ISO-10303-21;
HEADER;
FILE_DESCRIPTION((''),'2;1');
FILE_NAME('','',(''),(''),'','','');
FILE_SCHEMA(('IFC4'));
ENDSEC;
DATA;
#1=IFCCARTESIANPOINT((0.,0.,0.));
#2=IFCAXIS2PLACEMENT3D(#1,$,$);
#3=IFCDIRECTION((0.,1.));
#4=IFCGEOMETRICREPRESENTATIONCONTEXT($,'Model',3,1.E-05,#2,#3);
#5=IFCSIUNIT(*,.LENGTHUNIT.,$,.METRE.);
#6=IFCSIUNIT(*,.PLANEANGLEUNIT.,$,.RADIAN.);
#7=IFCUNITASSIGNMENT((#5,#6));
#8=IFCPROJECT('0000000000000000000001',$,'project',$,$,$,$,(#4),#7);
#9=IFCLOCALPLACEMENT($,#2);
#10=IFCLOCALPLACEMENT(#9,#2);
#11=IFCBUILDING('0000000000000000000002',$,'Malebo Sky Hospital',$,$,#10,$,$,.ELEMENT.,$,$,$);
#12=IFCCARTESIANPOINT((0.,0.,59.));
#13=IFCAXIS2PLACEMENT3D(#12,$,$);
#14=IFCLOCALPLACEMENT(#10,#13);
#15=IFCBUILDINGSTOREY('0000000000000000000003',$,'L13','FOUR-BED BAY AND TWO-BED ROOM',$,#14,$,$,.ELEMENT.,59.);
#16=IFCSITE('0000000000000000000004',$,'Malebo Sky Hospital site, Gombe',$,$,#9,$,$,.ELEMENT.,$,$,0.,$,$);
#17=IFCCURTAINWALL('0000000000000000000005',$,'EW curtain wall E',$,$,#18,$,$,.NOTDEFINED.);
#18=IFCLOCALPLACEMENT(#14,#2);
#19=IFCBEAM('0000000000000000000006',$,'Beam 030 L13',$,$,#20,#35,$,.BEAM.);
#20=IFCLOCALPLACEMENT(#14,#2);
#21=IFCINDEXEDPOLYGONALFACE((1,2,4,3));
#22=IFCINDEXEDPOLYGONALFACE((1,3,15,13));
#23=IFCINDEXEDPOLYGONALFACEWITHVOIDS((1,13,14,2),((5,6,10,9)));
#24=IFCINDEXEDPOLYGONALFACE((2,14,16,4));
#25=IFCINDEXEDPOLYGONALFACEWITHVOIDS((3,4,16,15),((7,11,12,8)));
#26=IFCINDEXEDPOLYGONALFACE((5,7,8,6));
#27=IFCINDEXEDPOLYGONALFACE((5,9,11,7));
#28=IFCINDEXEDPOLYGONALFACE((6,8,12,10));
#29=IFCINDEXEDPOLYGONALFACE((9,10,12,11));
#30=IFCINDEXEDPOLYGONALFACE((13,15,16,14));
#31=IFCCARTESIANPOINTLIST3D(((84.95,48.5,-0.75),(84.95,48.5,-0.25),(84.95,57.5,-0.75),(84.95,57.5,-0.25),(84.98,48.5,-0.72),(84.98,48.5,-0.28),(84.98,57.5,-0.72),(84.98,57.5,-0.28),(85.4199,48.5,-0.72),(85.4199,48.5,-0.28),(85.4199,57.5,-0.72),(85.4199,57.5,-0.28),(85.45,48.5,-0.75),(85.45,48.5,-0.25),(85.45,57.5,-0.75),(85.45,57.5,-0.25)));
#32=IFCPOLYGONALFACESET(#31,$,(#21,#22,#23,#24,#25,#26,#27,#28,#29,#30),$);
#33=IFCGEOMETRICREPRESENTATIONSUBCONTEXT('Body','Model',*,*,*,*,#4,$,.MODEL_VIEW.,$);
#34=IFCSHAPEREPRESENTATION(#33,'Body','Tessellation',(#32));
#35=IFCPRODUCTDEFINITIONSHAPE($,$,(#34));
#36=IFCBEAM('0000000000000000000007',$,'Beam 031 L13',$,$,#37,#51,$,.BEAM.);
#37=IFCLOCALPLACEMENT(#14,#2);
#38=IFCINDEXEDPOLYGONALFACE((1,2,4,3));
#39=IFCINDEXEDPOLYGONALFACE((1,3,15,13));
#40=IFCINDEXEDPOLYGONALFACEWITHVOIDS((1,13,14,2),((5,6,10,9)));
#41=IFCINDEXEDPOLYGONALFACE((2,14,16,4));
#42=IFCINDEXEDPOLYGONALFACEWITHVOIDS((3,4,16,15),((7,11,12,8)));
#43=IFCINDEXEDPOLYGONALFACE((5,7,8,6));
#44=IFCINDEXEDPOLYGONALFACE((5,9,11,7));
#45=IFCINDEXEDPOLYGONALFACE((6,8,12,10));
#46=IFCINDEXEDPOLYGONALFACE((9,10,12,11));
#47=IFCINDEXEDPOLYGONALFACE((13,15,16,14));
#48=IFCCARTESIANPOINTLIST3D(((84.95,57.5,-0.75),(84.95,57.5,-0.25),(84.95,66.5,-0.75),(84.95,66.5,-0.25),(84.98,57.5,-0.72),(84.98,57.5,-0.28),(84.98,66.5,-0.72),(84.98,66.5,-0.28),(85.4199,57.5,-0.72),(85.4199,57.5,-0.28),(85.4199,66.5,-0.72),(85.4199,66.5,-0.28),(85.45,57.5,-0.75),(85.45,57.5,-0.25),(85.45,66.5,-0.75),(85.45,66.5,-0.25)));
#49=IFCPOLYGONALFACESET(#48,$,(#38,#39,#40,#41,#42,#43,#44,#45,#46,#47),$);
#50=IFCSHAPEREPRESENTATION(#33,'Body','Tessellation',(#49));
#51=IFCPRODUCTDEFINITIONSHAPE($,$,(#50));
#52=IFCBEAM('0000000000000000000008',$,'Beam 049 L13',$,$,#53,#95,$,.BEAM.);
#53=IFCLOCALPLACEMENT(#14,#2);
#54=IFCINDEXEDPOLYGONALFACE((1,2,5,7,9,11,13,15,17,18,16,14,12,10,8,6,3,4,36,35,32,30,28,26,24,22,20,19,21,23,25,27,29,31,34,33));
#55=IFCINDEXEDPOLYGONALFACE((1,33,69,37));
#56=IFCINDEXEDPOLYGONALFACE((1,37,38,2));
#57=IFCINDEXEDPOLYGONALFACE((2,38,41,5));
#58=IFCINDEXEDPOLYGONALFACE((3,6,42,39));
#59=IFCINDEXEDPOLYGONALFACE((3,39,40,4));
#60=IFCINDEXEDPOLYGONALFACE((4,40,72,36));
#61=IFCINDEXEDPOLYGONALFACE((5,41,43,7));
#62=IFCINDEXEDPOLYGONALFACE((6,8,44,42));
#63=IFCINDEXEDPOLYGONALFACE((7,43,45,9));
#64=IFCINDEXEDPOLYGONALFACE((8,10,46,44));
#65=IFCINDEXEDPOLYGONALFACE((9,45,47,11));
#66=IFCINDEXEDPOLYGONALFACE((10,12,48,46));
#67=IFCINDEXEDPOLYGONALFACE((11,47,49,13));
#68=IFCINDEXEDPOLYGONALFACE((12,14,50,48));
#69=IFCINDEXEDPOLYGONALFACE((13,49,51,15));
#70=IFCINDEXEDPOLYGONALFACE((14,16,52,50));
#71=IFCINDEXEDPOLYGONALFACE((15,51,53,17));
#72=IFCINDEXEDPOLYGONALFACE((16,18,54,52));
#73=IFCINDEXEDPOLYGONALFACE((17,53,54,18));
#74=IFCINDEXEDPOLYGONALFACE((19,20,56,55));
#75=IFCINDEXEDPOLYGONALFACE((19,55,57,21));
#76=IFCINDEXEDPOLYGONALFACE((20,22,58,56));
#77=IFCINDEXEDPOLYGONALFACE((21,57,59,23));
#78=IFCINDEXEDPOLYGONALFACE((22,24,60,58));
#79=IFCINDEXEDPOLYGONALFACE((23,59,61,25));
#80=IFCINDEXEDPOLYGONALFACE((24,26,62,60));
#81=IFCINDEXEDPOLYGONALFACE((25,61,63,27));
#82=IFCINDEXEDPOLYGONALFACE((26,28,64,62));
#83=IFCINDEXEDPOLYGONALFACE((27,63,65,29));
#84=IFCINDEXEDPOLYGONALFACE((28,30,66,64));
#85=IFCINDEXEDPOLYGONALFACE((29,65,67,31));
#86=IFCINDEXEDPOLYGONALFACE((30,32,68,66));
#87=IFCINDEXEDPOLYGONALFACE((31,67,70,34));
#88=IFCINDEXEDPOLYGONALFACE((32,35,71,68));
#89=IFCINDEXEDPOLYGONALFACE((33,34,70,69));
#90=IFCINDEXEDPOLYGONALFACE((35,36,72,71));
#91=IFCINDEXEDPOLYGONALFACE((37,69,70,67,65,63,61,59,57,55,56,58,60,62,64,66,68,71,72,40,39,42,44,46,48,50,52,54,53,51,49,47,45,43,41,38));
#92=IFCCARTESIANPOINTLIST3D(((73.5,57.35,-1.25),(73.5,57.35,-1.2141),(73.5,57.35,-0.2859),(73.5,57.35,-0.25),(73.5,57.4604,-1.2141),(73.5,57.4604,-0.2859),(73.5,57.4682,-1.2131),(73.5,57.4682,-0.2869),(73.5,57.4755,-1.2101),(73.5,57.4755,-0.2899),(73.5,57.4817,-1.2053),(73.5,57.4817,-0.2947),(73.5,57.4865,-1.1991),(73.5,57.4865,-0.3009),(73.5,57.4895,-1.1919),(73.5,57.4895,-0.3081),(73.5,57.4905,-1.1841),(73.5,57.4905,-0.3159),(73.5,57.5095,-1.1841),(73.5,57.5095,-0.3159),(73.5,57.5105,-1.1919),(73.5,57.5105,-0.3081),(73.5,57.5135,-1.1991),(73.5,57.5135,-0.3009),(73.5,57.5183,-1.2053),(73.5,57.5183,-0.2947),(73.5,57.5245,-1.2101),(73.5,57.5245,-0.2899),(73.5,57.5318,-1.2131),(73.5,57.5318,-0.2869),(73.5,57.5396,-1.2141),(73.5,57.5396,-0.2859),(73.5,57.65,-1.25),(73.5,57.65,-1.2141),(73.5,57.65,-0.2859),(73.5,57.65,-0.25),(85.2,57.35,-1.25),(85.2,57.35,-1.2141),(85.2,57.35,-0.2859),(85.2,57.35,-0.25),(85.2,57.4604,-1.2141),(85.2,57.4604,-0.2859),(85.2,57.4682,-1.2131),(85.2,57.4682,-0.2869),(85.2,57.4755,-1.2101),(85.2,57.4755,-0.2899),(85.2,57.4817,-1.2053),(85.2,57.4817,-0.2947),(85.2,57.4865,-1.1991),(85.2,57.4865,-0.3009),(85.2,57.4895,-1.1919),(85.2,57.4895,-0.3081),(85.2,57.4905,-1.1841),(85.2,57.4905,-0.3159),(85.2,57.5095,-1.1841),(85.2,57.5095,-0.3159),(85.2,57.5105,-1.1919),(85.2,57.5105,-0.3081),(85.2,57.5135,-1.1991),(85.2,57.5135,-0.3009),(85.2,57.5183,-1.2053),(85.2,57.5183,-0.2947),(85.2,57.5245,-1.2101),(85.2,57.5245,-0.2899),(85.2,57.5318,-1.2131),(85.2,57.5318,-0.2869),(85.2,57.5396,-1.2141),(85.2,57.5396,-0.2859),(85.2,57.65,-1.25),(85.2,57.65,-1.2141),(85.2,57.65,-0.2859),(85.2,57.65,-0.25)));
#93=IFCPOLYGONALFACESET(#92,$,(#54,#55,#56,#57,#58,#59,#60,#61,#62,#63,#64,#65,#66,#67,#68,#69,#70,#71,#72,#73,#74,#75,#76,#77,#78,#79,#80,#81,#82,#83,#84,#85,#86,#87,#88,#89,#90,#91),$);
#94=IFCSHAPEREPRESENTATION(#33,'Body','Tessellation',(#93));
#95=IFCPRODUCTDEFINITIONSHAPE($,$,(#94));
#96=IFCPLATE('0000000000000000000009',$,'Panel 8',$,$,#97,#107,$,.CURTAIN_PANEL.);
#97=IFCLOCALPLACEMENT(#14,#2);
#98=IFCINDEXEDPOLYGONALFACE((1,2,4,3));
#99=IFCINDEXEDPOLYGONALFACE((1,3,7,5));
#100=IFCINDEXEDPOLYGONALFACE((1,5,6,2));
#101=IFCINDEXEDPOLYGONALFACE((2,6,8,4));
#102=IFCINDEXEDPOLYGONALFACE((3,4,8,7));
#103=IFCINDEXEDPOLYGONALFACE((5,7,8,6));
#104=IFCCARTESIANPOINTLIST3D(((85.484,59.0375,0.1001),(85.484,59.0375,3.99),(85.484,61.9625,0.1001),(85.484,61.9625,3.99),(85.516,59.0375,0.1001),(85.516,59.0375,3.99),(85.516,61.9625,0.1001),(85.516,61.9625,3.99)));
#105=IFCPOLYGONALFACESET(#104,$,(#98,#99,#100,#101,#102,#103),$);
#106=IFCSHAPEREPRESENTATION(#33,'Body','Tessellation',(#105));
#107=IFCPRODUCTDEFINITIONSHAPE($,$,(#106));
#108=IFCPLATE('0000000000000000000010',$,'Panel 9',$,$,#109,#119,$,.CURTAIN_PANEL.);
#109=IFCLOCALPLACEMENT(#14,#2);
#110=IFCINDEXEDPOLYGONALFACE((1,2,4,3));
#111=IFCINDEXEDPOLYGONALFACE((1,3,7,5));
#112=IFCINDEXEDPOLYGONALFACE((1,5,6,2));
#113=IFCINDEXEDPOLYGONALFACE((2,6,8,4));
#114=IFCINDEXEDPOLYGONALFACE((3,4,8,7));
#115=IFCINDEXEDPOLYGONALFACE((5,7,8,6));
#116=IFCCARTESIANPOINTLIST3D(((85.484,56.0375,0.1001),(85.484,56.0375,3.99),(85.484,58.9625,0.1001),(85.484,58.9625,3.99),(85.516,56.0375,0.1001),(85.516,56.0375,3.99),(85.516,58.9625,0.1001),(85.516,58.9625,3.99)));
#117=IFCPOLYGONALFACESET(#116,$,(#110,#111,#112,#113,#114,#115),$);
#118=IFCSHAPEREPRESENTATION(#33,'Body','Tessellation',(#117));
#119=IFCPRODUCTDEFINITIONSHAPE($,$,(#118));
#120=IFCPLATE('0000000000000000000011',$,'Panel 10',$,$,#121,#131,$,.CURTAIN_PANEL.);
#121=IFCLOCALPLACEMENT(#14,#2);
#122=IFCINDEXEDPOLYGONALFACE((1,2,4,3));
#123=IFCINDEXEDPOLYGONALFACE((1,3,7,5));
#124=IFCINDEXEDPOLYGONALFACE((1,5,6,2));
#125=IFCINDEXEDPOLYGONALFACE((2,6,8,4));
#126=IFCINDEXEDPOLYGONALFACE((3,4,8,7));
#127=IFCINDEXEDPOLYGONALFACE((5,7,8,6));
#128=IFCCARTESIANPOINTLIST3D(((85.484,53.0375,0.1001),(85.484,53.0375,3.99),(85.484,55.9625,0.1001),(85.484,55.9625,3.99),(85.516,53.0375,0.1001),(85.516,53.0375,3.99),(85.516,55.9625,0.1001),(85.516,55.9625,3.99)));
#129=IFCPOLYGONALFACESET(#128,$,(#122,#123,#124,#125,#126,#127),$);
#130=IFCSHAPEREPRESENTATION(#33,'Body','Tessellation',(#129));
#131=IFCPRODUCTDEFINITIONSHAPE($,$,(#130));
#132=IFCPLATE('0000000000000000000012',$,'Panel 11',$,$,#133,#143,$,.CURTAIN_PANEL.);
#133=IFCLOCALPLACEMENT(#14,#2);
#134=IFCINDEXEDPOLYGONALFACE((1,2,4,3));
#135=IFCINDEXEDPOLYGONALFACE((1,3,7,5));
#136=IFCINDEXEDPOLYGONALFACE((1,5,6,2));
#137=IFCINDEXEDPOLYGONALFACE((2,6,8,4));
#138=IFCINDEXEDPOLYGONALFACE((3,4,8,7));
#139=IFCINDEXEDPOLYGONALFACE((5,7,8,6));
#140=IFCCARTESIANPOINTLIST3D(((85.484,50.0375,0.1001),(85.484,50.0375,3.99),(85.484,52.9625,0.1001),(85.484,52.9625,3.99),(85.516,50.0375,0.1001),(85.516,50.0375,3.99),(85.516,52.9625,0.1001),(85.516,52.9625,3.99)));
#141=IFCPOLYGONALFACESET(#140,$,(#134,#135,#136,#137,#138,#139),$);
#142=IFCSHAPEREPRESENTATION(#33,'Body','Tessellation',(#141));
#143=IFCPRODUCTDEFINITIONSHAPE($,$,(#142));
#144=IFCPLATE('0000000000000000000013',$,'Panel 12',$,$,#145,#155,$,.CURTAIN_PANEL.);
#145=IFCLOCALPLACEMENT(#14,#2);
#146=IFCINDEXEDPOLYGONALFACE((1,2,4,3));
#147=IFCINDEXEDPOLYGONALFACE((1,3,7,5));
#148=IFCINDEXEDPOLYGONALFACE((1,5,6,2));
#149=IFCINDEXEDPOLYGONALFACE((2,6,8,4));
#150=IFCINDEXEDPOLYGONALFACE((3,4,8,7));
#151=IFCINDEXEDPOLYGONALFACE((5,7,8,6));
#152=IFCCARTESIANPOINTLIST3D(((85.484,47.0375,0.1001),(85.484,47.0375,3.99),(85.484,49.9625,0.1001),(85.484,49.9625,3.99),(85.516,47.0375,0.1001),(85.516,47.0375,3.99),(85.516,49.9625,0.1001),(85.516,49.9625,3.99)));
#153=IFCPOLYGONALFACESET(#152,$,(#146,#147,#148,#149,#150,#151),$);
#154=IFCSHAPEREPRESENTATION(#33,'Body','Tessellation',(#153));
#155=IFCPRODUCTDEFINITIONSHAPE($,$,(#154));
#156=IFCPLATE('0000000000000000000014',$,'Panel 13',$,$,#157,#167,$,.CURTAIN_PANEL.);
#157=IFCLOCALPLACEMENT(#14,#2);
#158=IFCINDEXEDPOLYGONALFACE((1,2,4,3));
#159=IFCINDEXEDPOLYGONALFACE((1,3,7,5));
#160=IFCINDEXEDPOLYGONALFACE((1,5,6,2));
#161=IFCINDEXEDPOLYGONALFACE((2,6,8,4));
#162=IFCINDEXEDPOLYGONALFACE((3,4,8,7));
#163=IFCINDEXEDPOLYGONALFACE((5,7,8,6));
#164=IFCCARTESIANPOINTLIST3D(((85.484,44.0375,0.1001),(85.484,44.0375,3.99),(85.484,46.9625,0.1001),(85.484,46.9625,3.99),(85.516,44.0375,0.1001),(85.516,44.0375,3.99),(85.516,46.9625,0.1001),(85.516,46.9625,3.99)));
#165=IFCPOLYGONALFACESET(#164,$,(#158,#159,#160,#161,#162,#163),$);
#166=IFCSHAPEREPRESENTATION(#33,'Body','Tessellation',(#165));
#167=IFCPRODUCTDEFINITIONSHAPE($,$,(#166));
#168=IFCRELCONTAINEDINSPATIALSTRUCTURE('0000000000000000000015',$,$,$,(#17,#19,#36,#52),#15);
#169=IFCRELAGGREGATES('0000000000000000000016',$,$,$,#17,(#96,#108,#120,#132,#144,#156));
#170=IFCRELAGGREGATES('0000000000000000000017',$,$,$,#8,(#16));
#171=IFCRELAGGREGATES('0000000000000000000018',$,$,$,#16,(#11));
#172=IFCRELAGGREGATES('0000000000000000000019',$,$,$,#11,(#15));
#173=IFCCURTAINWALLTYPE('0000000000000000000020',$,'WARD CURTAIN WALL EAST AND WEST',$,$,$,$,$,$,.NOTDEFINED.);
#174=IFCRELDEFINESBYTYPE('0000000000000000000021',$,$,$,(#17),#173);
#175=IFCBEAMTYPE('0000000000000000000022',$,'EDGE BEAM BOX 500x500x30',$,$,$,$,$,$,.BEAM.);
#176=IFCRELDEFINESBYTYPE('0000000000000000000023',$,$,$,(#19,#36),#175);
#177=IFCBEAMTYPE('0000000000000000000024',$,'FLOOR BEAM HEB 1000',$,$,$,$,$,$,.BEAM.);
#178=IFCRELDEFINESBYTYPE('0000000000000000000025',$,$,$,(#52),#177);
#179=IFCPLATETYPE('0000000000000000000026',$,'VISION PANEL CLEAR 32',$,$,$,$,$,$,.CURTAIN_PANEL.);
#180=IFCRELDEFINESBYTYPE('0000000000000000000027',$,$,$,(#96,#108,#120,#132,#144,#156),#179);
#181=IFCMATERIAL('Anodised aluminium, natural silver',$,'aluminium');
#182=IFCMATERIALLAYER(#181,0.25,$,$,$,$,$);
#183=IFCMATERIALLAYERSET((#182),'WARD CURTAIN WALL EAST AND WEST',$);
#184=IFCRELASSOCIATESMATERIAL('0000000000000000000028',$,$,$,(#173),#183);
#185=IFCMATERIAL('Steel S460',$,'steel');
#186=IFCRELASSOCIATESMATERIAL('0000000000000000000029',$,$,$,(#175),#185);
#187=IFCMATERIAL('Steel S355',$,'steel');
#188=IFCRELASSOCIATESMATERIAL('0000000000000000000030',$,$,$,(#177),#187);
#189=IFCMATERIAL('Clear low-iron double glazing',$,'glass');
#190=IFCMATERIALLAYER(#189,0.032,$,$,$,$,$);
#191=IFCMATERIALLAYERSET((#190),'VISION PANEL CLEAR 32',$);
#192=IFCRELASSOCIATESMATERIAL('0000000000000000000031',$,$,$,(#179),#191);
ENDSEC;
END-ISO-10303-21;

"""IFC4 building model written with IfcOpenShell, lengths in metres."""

from ifc_helpers import new_model, si_unit, direction, frame, origin, origin_2d, place, context, subcontext, project, spatial, rectangle, hollow_rectangle, i_section, extrude, material, layer, layer_set, material_profile, profile_set, type_object, element, aggregate, save


model = new_model("IFC4")

# Units and contexts
model_context = context("Model", 3, precision=1e-05, world=origin(), true_north=direction((0.0, 1.0)))
body_context = subcontext(model_context, "Body", "Model", "MODEL_VIEW")
ifc_project = project(units=[si_unit("LENGTHUNIT", "METRE"), si_unit("PLANEANGLEUNIT", "RADIAN")], contexts=[model_context])

# Site, building, storey
site_placement = place(None, origin())
site = spatial("IfcSite", under=ifc_project, at=site_placement, Name="Malebo Sky Hospital site, Gombe", CompositionType="ELEMENT", RefElevation=0.0)
building_placement = place(site_placement, origin())
building = spatial("IfcBuilding", under=site, at=building_placement, Name="Malebo Sky Hospital", CompositionType="ELEMENT")
storey_placement = place(building_placement, frame((0.0, 0.0, 59.0)))
storey = spatial("IfcBuildingStorey", under=building, at=storey_placement, Name="L13", Description="FOUR-BED BAY AND TWO-BED ROOM", CompositionType="ELEMENT", Elevation=59.0)

# Shared definitions
ifc_material_1 = material(Name="Steel S460", Category="steel")

# Curtain wall
ifc_material_2 = material(Name="Anodised aluminium, natural silver", Category="aluminium")
ifc_layer_1 = layer(ifc_material_2, 0.25)
ifc_layer_set_1 = layer_set([ifc_layer_1], Name="WARD CURTAIN WALL EAST AND WEST")
curtain_wall_type = type_object("IfcCurtainWallType", Name="WARD CURTAIN WALL EAST AND WEST", PredefinedType="NOTDEFINED", material=ifc_layer_set_1)
curtain_wall_placement = place(storey_placement, origin())
curtain_wall = element("IfcCurtainWall", 1, at=curtain_wall_placement, inside=storey, type_object=curtain_wall_type, Name="EW curtain wall E", PredefinedType="NOTDEFINED")

# Beams
ifc_material_profile_1 = material_profile(ifc_material_1, hollow_rectangle(XDim=0.5, YDim=0.5, WallThickness=0.03, at=origin_2d()), Name="BOX 500x500x30")
ifc_profile_set_1 = profile_set([ifc_material_profile_1], Name="Steel S460")
beam_type_1 = type_object("IfcBeamType", Name="EDGE BEAM BOX 500x500x30", PredefinedType="BEAM", material=ifc_profile_set_1)
for number, where, z_axis, x_axis, name in (
    (2, (85.2, 48.5, -0.5), (0.0, 1.0, 0.0), (-1.0, 0.0, 0.0), "Beam 030 L13"),
    (3, (85.2, 57.5, -0.5), (0.0, 1.0, 0.0), (-1.0, 0.0, 0.0), "Beam 031 L13"),
):
    element("IfcBeam", number, at=place(storey_placement, frame(where, z_axis=z_axis, x_axis=x_axis)), inside=storey, type_object=beam_type_1, Name=name, PredefinedType="BEAM", context=body_context, shape_type="SweptSolid", body=[
        extrude(hollow_rectangle(XDim=0.5, YDim=0.5, WallThickness=0.03, at=origin_2d()), origin(), (0.0, 0.0, 1.0), 9.0),
    ])
ifc_material_3 = material(Name="Steel S355", Category="steel")
ifc_material_profile_2 = material_profile(ifc_material_3, i_section(OverallWidth=0.3, OverallDepth=1.0, WebThickness=0.019, FlangeThickness=0.0359, FilletRadius=0.03, at=origin_2d()), Name="HEB 1000")
ifc_profile_set_2 = profile_set([ifc_material_profile_2], Name="Steel S355")
beam_type_2 = type_object("IfcBeamType", Name="FLOOR BEAM HEB 1000", PredefinedType="BEAM", material=ifc_profile_set_2)
beam_placement = place(storey_placement, frame((73.5, 57.5, -0.75), z_axis=(1.0, 0.0, 0.0), x_axis=(0.0, 1.0, 0.0)))
element("IfcBeam", 4, at=beam_placement, inside=storey, type_object=beam_type_2, Name="Beam 049 L13", PredefinedType="BEAM", context=body_context, shape_type="SweptSolid", body=[
    extrude(i_section(OverallWidth=0.3, OverallDepth=1.0, WebThickness=0.019, FlangeThickness=0.0359, FilletRadius=0.03, at=origin_2d()), origin(), (0.0, 0.0, 1.0), 11.7),
])

# Plates
ifc_material_4 = material(Name="Clear low-iron double glazing", Category="glass")
ifc_layer_2 = layer(ifc_material_4, 0.032)
ifc_layer_set_2 = layer_set([ifc_layer_2], Name="VISION PANEL CLEAR 32")
plate_type = type_object("IfcPlateType", Name="VISION PANEL CLEAR 32", PredefinedType="CURTAIN_PANEL", material=ifc_layer_set_2)
plate_1_placement = place(storey_placement, frame((85.5, 60.5, 0.1001), z_axis=(0.0, 0.0, 1.0), x_axis=(0.0, -1.0, 0.0)))
plate_1 = element("IfcPlate", 5, at=plate_1_placement, type_object=plate_type, Name="Panel 8", PredefinedType="CURTAIN_PANEL", context=body_context, shape_type="SweptSolid", body=[
    extrude(rectangle(XDim=2.925, YDim=0.032, at=origin_2d()), origin(), (0.0, 0.0, 1.0), 3.8899),
])
plate_2_placement = place(storey_placement, frame((85.5, 57.5, 0.1001), z_axis=(0.0, 0.0, 1.0), x_axis=(0.0, -1.0, 0.0)))
plate_2 = element("IfcPlate", 6, at=plate_2_placement, type_object=plate_type, Name="Panel 9", PredefinedType="CURTAIN_PANEL", context=body_context, shape_type="SweptSolid", body=[
    extrude(rectangle(XDim=2.925, YDim=0.032, at=origin_2d()), origin(), (0.0, 0.0, 1.0), 3.8899),
])
plate_3_placement = place(storey_placement, frame((85.5, 54.5, 0.1001), z_axis=(0.0, 0.0, 1.0), x_axis=(0.0, -1.0, 0.0)))
plate_3 = element("IfcPlate", 7, at=plate_3_placement, type_object=plate_type, Name="Panel 10", PredefinedType="CURTAIN_PANEL", context=body_context, shape_type="SweptSolid", body=[
    extrude(rectangle(XDim=2.925, YDim=0.032, at=origin_2d()), origin(), (0.0, 0.0, 1.0), 3.8899),
])
plate_4_placement = place(storey_placement, frame((85.5, 51.5, 0.1001), z_axis=(0.0, 0.0, 1.0), x_axis=(0.0, -1.0, 0.0)))
plate_4 = element("IfcPlate", 8, at=plate_4_placement, type_object=plate_type, Name="Panel 11", PredefinedType="CURTAIN_PANEL", context=body_context, shape_type="SweptSolid", body=[
    extrude(rectangle(XDim=2.925, YDim=0.032, at=origin_2d()), origin(), (0.0, 0.0, 1.0), 3.8899),
])
plate_5_placement = place(storey_placement, frame((85.5, 48.5, 0.1001), z_axis=(0.0, 0.0, 1.0), x_axis=(0.0, -1.0, 0.0)))
plate_5 = element("IfcPlate", 9, at=plate_5_placement, type_object=plate_type, Name="Panel 12", PredefinedType="CURTAIN_PANEL", context=body_context, shape_type="SweptSolid", body=[
    extrude(rectangle(XDim=2.925, YDim=0.032, at=origin_2d()), origin(), (0.0, 0.0, 1.0), 3.8899),
])
plate_6_placement = place(storey_placement, frame((85.5, 45.5, 0.1001), z_axis=(0.0, 0.0, 1.0), x_axis=(0.0, -1.0, 0.0)))
plate_6 = element("IfcPlate", 10, at=plate_6_placement, type_object=plate_type, Name="Panel 13", PredefinedType="CURTAIN_PANEL", context=body_context, shape_type="SweptSolid", body=[
    extrude(rectangle(XDim=2.925, YDim=0.032, at=origin_2d()), origin(), (0.0, 0.0, 1.0), 3.8899),
])
aggregate(curtain_wall, [plate_1, plate_2, plate_3, plate_4, plate_5, plate_6])

save(model, "model.ifc")
